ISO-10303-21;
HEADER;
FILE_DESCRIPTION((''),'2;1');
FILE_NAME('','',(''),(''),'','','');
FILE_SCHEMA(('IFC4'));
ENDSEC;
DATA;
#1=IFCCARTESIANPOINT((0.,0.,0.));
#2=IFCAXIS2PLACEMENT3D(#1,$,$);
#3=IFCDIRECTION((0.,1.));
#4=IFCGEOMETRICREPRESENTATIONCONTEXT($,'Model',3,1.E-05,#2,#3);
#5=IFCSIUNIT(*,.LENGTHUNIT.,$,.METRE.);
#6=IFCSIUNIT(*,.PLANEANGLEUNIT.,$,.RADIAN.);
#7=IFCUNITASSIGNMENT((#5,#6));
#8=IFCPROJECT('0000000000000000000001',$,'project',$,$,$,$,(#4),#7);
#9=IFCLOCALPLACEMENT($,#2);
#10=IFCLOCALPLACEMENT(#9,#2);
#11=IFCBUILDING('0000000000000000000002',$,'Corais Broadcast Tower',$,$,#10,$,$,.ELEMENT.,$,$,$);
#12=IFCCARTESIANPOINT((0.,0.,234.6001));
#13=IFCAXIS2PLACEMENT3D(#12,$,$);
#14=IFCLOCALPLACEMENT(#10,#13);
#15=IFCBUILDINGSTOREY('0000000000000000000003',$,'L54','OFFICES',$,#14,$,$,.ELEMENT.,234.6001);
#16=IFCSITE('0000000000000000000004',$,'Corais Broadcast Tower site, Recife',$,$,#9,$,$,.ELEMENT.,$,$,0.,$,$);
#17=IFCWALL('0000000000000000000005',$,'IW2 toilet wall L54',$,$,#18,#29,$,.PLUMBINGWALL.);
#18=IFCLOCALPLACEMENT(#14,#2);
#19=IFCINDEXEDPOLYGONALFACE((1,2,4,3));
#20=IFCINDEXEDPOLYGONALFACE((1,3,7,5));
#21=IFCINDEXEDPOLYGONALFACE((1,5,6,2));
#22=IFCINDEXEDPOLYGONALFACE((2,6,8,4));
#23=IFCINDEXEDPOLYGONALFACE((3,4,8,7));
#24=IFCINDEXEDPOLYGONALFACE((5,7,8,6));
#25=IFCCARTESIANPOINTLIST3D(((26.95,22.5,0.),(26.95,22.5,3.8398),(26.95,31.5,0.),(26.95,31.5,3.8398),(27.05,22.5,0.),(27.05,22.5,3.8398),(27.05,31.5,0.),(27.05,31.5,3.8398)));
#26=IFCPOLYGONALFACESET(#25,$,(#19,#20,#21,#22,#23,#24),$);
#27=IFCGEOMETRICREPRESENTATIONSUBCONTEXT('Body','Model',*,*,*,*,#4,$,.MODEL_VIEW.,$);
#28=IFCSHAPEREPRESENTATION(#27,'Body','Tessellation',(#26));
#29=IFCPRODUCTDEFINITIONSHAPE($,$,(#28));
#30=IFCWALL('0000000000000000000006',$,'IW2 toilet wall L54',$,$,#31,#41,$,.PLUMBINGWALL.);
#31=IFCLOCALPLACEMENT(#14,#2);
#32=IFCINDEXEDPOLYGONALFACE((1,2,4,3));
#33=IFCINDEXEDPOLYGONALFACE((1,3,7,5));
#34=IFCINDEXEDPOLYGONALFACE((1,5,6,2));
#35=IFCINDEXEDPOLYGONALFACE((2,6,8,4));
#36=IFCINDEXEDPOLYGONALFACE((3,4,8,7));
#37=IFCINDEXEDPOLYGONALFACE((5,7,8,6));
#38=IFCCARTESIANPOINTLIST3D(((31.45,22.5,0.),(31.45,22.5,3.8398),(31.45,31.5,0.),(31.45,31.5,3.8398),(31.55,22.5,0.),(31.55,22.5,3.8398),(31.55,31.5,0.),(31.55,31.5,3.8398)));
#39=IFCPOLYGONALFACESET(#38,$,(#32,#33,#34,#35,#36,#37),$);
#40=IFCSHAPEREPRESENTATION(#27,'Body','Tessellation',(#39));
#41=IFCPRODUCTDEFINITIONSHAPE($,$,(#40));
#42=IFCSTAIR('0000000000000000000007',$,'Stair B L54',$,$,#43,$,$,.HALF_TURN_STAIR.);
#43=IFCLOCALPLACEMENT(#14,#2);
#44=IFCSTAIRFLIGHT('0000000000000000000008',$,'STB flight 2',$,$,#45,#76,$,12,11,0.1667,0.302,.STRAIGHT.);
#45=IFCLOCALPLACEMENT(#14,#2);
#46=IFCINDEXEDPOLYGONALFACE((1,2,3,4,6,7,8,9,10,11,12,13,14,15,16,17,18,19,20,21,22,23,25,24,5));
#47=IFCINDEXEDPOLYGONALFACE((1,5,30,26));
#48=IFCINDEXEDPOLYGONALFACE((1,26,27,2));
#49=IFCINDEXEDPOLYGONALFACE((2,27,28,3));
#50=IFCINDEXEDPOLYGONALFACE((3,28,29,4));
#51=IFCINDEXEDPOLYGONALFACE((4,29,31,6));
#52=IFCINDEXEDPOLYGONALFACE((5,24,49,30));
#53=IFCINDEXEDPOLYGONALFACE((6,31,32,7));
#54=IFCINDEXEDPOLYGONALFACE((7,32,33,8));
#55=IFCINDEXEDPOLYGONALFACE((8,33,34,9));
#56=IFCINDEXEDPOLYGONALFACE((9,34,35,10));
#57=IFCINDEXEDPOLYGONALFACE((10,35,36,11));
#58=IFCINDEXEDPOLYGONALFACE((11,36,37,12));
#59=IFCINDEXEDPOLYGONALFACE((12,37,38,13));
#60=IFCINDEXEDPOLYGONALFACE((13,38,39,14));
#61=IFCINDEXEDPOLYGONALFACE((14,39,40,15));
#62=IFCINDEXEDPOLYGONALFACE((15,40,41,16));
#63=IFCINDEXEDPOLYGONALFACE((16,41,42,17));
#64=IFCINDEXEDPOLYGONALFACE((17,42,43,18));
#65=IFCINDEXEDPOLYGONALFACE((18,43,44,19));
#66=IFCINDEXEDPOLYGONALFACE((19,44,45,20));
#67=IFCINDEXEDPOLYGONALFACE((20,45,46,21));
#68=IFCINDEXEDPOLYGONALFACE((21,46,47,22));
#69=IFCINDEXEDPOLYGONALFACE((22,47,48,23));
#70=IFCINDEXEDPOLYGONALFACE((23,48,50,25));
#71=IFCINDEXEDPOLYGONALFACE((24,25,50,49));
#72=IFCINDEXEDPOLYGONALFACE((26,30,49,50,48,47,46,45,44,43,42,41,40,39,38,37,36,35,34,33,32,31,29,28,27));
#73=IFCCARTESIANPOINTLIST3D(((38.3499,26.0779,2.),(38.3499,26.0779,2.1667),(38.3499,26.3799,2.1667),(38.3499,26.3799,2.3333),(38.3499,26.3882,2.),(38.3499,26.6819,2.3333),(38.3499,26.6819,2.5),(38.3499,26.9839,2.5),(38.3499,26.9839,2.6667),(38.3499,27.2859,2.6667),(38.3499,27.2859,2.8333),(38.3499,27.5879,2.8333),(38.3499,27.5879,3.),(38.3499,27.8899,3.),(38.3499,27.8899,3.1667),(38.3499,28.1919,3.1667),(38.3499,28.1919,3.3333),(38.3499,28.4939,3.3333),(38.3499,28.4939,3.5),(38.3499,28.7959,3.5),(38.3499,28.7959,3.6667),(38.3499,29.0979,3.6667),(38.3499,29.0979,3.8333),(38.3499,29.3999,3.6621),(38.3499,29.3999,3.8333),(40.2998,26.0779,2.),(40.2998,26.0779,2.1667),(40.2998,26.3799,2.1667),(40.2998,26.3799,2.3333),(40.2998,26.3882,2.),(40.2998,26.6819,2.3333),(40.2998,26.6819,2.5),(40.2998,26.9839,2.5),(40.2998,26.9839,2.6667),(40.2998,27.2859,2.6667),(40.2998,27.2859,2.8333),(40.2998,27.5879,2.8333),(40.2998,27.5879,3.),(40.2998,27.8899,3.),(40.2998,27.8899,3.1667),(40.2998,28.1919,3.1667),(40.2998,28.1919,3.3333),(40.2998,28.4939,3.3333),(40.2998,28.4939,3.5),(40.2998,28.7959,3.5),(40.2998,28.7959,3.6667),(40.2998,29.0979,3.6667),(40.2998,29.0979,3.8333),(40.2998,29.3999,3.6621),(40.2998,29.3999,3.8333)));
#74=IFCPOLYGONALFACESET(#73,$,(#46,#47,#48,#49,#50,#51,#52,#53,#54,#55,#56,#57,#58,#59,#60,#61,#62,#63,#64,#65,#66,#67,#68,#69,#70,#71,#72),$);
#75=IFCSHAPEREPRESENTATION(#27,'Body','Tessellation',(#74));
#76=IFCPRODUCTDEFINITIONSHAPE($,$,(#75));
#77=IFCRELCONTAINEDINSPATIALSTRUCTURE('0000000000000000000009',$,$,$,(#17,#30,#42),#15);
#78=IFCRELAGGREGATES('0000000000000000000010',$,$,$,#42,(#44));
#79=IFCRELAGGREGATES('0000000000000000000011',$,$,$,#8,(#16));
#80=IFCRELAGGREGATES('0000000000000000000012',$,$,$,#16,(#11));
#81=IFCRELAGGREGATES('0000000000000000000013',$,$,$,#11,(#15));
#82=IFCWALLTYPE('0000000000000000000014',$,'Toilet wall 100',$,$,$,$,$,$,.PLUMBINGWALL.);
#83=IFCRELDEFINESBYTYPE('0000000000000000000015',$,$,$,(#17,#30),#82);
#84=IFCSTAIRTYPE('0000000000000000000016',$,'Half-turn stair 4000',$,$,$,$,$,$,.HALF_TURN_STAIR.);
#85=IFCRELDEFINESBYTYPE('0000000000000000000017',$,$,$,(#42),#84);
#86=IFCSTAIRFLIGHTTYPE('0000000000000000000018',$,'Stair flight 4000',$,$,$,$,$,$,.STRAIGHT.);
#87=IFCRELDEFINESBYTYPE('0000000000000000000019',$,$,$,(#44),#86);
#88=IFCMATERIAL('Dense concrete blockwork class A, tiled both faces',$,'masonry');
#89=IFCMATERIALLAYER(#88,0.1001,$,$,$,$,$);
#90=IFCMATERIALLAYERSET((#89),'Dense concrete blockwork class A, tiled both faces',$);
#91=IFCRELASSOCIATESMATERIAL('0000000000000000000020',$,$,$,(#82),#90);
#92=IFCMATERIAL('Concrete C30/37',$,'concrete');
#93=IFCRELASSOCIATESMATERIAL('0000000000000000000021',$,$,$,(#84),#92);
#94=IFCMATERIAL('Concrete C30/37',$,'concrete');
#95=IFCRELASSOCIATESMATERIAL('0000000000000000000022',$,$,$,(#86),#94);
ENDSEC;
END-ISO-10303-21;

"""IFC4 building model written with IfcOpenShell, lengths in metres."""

from ifc_helpers import new_model, si_unit, direction, frame, frame_2d, origin, place, context, subcontext, project, spatial, polyline, rectangle, outline, extrude, material, layer, layer_set, type_object, element, aggregate, save


model = new_model("IFC4")

# Units and contexts
model_context = context("Model", 3, precision=1e-05, world=origin(), true_north=direction((0.0, 1.0)))
body_context = subcontext(model_context, "Body", "Model", "MODEL_VIEW")
ifc_project = project(units=[si_unit("LENGTHUNIT", "METRE"), si_unit("PLANEANGLEUNIT", "RADIAN")], contexts=[model_context])

# Site, building, storey
site_placement = place(None, origin())
site = spatial("IfcSite", under=ifc_project, at=site_placement, Name="Corais Broadcast Tower site, Recife", CompositionType="ELEMENT", RefElevation=0.0)
building_placement = place(site_placement, origin())
building = spatial("IfcBuilding", under=site, at=building_placement, Name="Corais Broadcast Tower", CompositionType="ELEMENT")
storey_placement = place(building_placement, frame((0.0, 0.0, 234.6001)))
storey = spatial("IfcBuildingStorey", under=building, at=storey_placement, Name="L54", Description="OFFICES", CompositionType="ELEMENT", Elevation=234.6001)

# Walls
ifc_material_1 = material(Name="Dense concrete blockwork class A, tiled both faces", Category="masonry")
ifc_layer_1 = layer(ifc_material_1, 0.1001)
ifc_layer_set_1 = layer_set([ifc_layer_1], Name="Dense concrete blockwork class A, tiled both faces")
wall_type_1 = type_object("IfcWallType", Name="Toilet wall 100", PredefinedType="PLUMBINGWALL", material=ifc_layer_set_1)
for number, where, z_axis, x_axis, name in (
    (1, (27.0, 22.5, 0.0), (0.0, 0.0, 1.0), (0.0, 1.0, 0.0), "IW2 toilet wall L54"),
    (2, (31.5, 22.5, 0.0), (0.0, 0.0, 1.0), (0.0, 1.0, 0.0), "IW2 toilet wall L54"),
):
    element("IfcWall", number, at=place(storey_placement, frame(where, z_axis=z_axis, x_axis=x_axis)), inside=storey, type_object=wall_type_1, Name=name, PredefinedType="PLUMBINGWALL", context=body_context, shape_type="SweptSolid", body=[
        extrude(rectangle(XDim=9.0, YDim=0.1001, at=frame_2d((4.5, 0.0))), origin(), (0.0, 0.0, 1.0), 3.8398),
    ])

# Stair, stair flight
ifc_material_2 = material(Name="Concrete C30/37", Category="concrete")
stair_type = type_object("IfcStairType", Name="Half-turn stair 4000", PredefinedType="HALF_TURN_STAIR", material=ifc_material_2)
stair_placement = place(storey_placement, origin())
stair = element("IfcStair", 3, at=stair_placement, inside=storey, type_object=stair_type, Name="Stair B L54", PredefinedType="HALF_TURN_STAIR")
ifc_material_3 = material(Name="Concrete C30/37", Category="concrete")
stair_flight_type = type_object("IfcStairFlightType", Name="Stair flight 4000", PredefinedType="STRAIGHT", material=ifc_material_3)
stair_flight_placement = place(storey_placement, frame((39.325, 26.0779, 2.0), z_axis=(0.0, 0.0, 1.0), x_axis=(0.0, 1.0, 0.0)))
stair_flight = element("IfcStairFlight", 4, at=stair_flight_placement, type_object=stair_flight_type, Name="STB flight 2", NumberOfRisers=12, NumberOfTreads=11, PredefinedType="STRAIGHT", RiserHeight=0.1667, TreadLength=0.302, context=body_context, shape_type="SweptSolid", body=[
    extrude(outline(polyline([(0.0, 0.0), (0.0, 0.1667), (0.302, 0.1667), (0.302, 0.3333), (0.604, 0.3333), (0.604, 0.5), (0.906, 0.5), (0.906, 0.6667), (1.208, 0.6667), (1.208, 0.8333), (1.51, 0.8333), (1.51, 1.0), (1.812, 1.0), (1.812, 1.1667), (2.114, 1.1667), (2.114, 1.3333), (2.416, 1.3333), (2.416, 1.5), (2.718, 1.5), (2.718, 1.6667), (3.02, 1.6667), (3.02, 1.8333), (3.322, 1.8333), (3.322, 2.0), (3.322, 1.6621), (0.3103, 0.0), (0.0, 0.0)])), frame((0.0, 0.9751, 0.0), z_axis=(0.0, -1.0, 0.0), x_axis=(1.0, 0.0, 0.0)), (0.0, 0.0, 1.0), 1.95),
])
aggregate(stair, [stair_flight])

save(model, "model.ifc")
